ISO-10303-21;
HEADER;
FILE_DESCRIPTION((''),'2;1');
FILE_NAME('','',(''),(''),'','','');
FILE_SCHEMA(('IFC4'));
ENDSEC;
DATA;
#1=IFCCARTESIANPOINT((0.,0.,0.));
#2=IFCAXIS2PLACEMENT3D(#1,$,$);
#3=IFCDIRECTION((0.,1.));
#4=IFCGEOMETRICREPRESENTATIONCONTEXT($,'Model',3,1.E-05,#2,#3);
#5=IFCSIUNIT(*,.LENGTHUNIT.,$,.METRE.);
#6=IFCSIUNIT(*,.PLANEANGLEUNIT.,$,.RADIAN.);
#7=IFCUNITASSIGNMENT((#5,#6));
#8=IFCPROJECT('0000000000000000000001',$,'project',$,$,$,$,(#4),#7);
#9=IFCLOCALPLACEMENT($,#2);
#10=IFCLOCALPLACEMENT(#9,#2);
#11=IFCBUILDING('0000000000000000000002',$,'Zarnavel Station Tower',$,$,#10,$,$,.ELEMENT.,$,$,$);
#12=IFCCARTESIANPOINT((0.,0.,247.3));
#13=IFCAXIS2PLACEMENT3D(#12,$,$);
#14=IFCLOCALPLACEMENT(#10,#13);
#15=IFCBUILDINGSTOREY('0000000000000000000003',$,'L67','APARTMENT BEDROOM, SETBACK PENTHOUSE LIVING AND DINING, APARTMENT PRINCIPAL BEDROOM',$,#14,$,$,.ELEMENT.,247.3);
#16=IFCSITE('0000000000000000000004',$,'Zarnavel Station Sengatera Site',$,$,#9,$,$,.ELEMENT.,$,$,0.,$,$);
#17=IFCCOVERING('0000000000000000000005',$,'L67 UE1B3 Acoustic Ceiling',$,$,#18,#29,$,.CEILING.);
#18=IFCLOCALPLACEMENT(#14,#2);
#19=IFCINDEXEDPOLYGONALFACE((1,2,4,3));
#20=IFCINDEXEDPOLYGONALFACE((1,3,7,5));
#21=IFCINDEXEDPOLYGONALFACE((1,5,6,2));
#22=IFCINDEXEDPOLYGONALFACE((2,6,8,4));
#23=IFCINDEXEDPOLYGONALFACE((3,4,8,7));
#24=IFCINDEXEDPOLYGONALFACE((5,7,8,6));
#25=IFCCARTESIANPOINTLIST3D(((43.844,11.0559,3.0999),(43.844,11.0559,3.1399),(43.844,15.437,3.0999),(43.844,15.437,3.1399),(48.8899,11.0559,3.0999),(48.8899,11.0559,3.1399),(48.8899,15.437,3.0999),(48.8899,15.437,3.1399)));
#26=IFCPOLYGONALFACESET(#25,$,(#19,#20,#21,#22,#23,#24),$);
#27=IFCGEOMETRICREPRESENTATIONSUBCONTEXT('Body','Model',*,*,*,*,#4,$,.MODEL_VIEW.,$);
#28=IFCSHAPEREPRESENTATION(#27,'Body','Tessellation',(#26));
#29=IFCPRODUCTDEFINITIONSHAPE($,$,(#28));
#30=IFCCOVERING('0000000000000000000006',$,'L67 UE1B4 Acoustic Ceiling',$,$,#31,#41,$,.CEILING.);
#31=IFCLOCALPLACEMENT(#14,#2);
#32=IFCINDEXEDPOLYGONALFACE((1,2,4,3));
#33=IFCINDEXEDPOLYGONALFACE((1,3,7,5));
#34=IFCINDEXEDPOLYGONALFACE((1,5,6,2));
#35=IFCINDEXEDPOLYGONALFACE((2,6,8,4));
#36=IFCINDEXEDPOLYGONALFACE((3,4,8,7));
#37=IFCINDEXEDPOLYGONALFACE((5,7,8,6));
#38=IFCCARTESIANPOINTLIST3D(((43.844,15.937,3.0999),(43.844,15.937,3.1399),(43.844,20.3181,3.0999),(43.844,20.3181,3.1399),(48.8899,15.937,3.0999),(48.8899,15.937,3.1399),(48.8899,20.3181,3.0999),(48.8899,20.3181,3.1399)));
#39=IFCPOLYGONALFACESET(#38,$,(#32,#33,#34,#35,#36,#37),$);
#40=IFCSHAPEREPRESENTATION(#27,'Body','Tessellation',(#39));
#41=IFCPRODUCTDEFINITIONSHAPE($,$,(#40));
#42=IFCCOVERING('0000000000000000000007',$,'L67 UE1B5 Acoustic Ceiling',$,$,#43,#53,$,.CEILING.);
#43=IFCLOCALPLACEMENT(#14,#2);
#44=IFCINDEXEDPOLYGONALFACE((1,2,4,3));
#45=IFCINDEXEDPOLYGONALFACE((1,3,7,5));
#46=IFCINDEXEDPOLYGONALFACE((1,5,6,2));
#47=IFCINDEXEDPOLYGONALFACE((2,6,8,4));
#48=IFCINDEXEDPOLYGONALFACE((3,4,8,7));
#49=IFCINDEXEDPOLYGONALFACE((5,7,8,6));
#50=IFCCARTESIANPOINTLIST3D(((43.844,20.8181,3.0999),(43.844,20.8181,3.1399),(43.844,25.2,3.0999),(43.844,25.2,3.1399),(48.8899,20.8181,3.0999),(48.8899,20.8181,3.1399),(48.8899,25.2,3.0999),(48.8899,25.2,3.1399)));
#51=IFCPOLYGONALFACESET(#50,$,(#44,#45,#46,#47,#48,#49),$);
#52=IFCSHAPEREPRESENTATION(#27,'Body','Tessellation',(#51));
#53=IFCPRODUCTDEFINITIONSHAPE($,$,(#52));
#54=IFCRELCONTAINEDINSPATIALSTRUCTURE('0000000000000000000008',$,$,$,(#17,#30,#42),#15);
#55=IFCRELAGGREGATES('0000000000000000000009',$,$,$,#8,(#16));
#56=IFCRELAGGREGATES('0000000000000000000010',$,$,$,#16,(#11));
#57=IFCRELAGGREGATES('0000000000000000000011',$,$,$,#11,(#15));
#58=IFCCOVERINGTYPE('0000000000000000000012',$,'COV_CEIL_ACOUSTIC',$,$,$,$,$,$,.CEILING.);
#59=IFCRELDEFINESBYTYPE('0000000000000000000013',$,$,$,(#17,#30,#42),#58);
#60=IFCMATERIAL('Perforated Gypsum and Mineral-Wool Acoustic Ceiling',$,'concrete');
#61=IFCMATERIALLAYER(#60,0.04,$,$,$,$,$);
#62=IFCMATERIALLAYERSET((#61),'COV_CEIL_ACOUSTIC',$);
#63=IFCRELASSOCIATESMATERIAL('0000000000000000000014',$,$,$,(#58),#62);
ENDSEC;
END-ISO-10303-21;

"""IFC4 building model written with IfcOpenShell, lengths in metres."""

from ifc_helpers import new_model, si_unit, direction, frame, origin, place, context, subcontext, project, spatial, polyline, outline, extrude, material, layer, layer_set, type_object, element, save


model = new_model("IFC4")

# Units and contexts
model_context = context("Model", 3, precision=1e-05, world=origin(), true_north=direction((0.0, 1.0)))
body_context = subcontext(model_context, "Body", "Model", "MODEL_VIEW")
ifc_project = project(units=[si_unit("LENGTHUNIT", "METRE"), si_unit("PLANEANGLEUNIT", "RADIAN")], contexts=[model_context])

# Site, building, storey
site_placement = place(None, origin())
site = spatial("IfcSite", under=ifc_project, at=site_placement, Name="Zarnavel Station Sengatera Site", CompositionType="ELEMENT", RefElevation=0.0)
building_placement = place(site_placement, origin())
building = spatial("IfcBuilding", under=site, at=building_placement, Name="Zarnavel Station Tower", CompositionType="ELEMENT")
storey_placement = place(building_placement, frame((0.0, 0.0, 247.3)))
storey = spatial("IfcBuildingStorey", under=building, at=storey_placement, Name="L67", Description="APARTMENT BEDROOM, SETBACK PENTHOUSE LIVING AND DINING, APARTMENT PRINCIPAL BEDROOM", CompositionType="ELEMENT", Elevation=247.3)

# Coverings
ifc_material_1 = material(Name="Perforated Gypsum and Mineral-Wool Acoustic Ceiling", Category="concrete")
ifc_layer_1 = layer(ifc_material_1, 0.04)
ifc_layer_set_1 = layer_set([ifc_layer_1], Name="COV_CEIL_ACOUSTIC")
covering_type = type_object("IfcCoveringType", Name="COV_CEIL_ACOUSTIC", PredefinedType="CEILING", material=ifc_layer_set_1)
covering_1_placement = place(storey_placement, frame((0.0, 0.0, 3.0999)))
element("IfcCovering", 1, at=covering_1_placement, inside=storey, type_object=covering_type, Name="L67 UE1B3 Acoustic Ceiling", PredefinedType="CEILING", context=body_context, shape_type="SweptSolid", body=[
    extrude(outline(polyline([(43.844, 11.0559), (48.8899, 11.0559), (48.8899, 15.437), (43.844, 15.437), (43.844, 11.0559)])), origin(), (0.0, 0.0, 1.0), 0.04),
])
covering_2_placement = place(storey_placement, frame((0.0, 0.0, 3.0999)))
element("IfcCovering", 2, at=covering_2_placement, inside=storey, type_object=covering_type, Name="L67 UE1B4 Acoustic Ceiling", PredefinedType="CEILING", context=body_context, shape_type="SweptSolid", body=[
    extrude(outline(polyline([(43.844, 15.937), (48.8899, 15.937), (48.8899, 20.3181), (43.844, 20.3181), (43.844, 15.937)])), origin(), (0.0, 0.0, 1.0), 0.04),
])
covering_3_placement = place(storey_placement, frame((0.0, 0.0, 3.0999)))
element("IfcCovering", 3, at=covering_3_placement, inside=storey, type_object=covering_type, Name="L67 UE1B5 Acoustic Ceiling", PredefinedType="CEILING", context=body_context, shape_type="SweptSolid", body=[
    extrude(outline(polyline([(43.844, 20.8181), (48.8899, 20.8181), (48.8899, 25.2), (43.844, 25.2), (43.844, 20.8181)])), origin(), (0.0, 0.0, 1.0), 0.04),
])

save(model, "model.ifc")
